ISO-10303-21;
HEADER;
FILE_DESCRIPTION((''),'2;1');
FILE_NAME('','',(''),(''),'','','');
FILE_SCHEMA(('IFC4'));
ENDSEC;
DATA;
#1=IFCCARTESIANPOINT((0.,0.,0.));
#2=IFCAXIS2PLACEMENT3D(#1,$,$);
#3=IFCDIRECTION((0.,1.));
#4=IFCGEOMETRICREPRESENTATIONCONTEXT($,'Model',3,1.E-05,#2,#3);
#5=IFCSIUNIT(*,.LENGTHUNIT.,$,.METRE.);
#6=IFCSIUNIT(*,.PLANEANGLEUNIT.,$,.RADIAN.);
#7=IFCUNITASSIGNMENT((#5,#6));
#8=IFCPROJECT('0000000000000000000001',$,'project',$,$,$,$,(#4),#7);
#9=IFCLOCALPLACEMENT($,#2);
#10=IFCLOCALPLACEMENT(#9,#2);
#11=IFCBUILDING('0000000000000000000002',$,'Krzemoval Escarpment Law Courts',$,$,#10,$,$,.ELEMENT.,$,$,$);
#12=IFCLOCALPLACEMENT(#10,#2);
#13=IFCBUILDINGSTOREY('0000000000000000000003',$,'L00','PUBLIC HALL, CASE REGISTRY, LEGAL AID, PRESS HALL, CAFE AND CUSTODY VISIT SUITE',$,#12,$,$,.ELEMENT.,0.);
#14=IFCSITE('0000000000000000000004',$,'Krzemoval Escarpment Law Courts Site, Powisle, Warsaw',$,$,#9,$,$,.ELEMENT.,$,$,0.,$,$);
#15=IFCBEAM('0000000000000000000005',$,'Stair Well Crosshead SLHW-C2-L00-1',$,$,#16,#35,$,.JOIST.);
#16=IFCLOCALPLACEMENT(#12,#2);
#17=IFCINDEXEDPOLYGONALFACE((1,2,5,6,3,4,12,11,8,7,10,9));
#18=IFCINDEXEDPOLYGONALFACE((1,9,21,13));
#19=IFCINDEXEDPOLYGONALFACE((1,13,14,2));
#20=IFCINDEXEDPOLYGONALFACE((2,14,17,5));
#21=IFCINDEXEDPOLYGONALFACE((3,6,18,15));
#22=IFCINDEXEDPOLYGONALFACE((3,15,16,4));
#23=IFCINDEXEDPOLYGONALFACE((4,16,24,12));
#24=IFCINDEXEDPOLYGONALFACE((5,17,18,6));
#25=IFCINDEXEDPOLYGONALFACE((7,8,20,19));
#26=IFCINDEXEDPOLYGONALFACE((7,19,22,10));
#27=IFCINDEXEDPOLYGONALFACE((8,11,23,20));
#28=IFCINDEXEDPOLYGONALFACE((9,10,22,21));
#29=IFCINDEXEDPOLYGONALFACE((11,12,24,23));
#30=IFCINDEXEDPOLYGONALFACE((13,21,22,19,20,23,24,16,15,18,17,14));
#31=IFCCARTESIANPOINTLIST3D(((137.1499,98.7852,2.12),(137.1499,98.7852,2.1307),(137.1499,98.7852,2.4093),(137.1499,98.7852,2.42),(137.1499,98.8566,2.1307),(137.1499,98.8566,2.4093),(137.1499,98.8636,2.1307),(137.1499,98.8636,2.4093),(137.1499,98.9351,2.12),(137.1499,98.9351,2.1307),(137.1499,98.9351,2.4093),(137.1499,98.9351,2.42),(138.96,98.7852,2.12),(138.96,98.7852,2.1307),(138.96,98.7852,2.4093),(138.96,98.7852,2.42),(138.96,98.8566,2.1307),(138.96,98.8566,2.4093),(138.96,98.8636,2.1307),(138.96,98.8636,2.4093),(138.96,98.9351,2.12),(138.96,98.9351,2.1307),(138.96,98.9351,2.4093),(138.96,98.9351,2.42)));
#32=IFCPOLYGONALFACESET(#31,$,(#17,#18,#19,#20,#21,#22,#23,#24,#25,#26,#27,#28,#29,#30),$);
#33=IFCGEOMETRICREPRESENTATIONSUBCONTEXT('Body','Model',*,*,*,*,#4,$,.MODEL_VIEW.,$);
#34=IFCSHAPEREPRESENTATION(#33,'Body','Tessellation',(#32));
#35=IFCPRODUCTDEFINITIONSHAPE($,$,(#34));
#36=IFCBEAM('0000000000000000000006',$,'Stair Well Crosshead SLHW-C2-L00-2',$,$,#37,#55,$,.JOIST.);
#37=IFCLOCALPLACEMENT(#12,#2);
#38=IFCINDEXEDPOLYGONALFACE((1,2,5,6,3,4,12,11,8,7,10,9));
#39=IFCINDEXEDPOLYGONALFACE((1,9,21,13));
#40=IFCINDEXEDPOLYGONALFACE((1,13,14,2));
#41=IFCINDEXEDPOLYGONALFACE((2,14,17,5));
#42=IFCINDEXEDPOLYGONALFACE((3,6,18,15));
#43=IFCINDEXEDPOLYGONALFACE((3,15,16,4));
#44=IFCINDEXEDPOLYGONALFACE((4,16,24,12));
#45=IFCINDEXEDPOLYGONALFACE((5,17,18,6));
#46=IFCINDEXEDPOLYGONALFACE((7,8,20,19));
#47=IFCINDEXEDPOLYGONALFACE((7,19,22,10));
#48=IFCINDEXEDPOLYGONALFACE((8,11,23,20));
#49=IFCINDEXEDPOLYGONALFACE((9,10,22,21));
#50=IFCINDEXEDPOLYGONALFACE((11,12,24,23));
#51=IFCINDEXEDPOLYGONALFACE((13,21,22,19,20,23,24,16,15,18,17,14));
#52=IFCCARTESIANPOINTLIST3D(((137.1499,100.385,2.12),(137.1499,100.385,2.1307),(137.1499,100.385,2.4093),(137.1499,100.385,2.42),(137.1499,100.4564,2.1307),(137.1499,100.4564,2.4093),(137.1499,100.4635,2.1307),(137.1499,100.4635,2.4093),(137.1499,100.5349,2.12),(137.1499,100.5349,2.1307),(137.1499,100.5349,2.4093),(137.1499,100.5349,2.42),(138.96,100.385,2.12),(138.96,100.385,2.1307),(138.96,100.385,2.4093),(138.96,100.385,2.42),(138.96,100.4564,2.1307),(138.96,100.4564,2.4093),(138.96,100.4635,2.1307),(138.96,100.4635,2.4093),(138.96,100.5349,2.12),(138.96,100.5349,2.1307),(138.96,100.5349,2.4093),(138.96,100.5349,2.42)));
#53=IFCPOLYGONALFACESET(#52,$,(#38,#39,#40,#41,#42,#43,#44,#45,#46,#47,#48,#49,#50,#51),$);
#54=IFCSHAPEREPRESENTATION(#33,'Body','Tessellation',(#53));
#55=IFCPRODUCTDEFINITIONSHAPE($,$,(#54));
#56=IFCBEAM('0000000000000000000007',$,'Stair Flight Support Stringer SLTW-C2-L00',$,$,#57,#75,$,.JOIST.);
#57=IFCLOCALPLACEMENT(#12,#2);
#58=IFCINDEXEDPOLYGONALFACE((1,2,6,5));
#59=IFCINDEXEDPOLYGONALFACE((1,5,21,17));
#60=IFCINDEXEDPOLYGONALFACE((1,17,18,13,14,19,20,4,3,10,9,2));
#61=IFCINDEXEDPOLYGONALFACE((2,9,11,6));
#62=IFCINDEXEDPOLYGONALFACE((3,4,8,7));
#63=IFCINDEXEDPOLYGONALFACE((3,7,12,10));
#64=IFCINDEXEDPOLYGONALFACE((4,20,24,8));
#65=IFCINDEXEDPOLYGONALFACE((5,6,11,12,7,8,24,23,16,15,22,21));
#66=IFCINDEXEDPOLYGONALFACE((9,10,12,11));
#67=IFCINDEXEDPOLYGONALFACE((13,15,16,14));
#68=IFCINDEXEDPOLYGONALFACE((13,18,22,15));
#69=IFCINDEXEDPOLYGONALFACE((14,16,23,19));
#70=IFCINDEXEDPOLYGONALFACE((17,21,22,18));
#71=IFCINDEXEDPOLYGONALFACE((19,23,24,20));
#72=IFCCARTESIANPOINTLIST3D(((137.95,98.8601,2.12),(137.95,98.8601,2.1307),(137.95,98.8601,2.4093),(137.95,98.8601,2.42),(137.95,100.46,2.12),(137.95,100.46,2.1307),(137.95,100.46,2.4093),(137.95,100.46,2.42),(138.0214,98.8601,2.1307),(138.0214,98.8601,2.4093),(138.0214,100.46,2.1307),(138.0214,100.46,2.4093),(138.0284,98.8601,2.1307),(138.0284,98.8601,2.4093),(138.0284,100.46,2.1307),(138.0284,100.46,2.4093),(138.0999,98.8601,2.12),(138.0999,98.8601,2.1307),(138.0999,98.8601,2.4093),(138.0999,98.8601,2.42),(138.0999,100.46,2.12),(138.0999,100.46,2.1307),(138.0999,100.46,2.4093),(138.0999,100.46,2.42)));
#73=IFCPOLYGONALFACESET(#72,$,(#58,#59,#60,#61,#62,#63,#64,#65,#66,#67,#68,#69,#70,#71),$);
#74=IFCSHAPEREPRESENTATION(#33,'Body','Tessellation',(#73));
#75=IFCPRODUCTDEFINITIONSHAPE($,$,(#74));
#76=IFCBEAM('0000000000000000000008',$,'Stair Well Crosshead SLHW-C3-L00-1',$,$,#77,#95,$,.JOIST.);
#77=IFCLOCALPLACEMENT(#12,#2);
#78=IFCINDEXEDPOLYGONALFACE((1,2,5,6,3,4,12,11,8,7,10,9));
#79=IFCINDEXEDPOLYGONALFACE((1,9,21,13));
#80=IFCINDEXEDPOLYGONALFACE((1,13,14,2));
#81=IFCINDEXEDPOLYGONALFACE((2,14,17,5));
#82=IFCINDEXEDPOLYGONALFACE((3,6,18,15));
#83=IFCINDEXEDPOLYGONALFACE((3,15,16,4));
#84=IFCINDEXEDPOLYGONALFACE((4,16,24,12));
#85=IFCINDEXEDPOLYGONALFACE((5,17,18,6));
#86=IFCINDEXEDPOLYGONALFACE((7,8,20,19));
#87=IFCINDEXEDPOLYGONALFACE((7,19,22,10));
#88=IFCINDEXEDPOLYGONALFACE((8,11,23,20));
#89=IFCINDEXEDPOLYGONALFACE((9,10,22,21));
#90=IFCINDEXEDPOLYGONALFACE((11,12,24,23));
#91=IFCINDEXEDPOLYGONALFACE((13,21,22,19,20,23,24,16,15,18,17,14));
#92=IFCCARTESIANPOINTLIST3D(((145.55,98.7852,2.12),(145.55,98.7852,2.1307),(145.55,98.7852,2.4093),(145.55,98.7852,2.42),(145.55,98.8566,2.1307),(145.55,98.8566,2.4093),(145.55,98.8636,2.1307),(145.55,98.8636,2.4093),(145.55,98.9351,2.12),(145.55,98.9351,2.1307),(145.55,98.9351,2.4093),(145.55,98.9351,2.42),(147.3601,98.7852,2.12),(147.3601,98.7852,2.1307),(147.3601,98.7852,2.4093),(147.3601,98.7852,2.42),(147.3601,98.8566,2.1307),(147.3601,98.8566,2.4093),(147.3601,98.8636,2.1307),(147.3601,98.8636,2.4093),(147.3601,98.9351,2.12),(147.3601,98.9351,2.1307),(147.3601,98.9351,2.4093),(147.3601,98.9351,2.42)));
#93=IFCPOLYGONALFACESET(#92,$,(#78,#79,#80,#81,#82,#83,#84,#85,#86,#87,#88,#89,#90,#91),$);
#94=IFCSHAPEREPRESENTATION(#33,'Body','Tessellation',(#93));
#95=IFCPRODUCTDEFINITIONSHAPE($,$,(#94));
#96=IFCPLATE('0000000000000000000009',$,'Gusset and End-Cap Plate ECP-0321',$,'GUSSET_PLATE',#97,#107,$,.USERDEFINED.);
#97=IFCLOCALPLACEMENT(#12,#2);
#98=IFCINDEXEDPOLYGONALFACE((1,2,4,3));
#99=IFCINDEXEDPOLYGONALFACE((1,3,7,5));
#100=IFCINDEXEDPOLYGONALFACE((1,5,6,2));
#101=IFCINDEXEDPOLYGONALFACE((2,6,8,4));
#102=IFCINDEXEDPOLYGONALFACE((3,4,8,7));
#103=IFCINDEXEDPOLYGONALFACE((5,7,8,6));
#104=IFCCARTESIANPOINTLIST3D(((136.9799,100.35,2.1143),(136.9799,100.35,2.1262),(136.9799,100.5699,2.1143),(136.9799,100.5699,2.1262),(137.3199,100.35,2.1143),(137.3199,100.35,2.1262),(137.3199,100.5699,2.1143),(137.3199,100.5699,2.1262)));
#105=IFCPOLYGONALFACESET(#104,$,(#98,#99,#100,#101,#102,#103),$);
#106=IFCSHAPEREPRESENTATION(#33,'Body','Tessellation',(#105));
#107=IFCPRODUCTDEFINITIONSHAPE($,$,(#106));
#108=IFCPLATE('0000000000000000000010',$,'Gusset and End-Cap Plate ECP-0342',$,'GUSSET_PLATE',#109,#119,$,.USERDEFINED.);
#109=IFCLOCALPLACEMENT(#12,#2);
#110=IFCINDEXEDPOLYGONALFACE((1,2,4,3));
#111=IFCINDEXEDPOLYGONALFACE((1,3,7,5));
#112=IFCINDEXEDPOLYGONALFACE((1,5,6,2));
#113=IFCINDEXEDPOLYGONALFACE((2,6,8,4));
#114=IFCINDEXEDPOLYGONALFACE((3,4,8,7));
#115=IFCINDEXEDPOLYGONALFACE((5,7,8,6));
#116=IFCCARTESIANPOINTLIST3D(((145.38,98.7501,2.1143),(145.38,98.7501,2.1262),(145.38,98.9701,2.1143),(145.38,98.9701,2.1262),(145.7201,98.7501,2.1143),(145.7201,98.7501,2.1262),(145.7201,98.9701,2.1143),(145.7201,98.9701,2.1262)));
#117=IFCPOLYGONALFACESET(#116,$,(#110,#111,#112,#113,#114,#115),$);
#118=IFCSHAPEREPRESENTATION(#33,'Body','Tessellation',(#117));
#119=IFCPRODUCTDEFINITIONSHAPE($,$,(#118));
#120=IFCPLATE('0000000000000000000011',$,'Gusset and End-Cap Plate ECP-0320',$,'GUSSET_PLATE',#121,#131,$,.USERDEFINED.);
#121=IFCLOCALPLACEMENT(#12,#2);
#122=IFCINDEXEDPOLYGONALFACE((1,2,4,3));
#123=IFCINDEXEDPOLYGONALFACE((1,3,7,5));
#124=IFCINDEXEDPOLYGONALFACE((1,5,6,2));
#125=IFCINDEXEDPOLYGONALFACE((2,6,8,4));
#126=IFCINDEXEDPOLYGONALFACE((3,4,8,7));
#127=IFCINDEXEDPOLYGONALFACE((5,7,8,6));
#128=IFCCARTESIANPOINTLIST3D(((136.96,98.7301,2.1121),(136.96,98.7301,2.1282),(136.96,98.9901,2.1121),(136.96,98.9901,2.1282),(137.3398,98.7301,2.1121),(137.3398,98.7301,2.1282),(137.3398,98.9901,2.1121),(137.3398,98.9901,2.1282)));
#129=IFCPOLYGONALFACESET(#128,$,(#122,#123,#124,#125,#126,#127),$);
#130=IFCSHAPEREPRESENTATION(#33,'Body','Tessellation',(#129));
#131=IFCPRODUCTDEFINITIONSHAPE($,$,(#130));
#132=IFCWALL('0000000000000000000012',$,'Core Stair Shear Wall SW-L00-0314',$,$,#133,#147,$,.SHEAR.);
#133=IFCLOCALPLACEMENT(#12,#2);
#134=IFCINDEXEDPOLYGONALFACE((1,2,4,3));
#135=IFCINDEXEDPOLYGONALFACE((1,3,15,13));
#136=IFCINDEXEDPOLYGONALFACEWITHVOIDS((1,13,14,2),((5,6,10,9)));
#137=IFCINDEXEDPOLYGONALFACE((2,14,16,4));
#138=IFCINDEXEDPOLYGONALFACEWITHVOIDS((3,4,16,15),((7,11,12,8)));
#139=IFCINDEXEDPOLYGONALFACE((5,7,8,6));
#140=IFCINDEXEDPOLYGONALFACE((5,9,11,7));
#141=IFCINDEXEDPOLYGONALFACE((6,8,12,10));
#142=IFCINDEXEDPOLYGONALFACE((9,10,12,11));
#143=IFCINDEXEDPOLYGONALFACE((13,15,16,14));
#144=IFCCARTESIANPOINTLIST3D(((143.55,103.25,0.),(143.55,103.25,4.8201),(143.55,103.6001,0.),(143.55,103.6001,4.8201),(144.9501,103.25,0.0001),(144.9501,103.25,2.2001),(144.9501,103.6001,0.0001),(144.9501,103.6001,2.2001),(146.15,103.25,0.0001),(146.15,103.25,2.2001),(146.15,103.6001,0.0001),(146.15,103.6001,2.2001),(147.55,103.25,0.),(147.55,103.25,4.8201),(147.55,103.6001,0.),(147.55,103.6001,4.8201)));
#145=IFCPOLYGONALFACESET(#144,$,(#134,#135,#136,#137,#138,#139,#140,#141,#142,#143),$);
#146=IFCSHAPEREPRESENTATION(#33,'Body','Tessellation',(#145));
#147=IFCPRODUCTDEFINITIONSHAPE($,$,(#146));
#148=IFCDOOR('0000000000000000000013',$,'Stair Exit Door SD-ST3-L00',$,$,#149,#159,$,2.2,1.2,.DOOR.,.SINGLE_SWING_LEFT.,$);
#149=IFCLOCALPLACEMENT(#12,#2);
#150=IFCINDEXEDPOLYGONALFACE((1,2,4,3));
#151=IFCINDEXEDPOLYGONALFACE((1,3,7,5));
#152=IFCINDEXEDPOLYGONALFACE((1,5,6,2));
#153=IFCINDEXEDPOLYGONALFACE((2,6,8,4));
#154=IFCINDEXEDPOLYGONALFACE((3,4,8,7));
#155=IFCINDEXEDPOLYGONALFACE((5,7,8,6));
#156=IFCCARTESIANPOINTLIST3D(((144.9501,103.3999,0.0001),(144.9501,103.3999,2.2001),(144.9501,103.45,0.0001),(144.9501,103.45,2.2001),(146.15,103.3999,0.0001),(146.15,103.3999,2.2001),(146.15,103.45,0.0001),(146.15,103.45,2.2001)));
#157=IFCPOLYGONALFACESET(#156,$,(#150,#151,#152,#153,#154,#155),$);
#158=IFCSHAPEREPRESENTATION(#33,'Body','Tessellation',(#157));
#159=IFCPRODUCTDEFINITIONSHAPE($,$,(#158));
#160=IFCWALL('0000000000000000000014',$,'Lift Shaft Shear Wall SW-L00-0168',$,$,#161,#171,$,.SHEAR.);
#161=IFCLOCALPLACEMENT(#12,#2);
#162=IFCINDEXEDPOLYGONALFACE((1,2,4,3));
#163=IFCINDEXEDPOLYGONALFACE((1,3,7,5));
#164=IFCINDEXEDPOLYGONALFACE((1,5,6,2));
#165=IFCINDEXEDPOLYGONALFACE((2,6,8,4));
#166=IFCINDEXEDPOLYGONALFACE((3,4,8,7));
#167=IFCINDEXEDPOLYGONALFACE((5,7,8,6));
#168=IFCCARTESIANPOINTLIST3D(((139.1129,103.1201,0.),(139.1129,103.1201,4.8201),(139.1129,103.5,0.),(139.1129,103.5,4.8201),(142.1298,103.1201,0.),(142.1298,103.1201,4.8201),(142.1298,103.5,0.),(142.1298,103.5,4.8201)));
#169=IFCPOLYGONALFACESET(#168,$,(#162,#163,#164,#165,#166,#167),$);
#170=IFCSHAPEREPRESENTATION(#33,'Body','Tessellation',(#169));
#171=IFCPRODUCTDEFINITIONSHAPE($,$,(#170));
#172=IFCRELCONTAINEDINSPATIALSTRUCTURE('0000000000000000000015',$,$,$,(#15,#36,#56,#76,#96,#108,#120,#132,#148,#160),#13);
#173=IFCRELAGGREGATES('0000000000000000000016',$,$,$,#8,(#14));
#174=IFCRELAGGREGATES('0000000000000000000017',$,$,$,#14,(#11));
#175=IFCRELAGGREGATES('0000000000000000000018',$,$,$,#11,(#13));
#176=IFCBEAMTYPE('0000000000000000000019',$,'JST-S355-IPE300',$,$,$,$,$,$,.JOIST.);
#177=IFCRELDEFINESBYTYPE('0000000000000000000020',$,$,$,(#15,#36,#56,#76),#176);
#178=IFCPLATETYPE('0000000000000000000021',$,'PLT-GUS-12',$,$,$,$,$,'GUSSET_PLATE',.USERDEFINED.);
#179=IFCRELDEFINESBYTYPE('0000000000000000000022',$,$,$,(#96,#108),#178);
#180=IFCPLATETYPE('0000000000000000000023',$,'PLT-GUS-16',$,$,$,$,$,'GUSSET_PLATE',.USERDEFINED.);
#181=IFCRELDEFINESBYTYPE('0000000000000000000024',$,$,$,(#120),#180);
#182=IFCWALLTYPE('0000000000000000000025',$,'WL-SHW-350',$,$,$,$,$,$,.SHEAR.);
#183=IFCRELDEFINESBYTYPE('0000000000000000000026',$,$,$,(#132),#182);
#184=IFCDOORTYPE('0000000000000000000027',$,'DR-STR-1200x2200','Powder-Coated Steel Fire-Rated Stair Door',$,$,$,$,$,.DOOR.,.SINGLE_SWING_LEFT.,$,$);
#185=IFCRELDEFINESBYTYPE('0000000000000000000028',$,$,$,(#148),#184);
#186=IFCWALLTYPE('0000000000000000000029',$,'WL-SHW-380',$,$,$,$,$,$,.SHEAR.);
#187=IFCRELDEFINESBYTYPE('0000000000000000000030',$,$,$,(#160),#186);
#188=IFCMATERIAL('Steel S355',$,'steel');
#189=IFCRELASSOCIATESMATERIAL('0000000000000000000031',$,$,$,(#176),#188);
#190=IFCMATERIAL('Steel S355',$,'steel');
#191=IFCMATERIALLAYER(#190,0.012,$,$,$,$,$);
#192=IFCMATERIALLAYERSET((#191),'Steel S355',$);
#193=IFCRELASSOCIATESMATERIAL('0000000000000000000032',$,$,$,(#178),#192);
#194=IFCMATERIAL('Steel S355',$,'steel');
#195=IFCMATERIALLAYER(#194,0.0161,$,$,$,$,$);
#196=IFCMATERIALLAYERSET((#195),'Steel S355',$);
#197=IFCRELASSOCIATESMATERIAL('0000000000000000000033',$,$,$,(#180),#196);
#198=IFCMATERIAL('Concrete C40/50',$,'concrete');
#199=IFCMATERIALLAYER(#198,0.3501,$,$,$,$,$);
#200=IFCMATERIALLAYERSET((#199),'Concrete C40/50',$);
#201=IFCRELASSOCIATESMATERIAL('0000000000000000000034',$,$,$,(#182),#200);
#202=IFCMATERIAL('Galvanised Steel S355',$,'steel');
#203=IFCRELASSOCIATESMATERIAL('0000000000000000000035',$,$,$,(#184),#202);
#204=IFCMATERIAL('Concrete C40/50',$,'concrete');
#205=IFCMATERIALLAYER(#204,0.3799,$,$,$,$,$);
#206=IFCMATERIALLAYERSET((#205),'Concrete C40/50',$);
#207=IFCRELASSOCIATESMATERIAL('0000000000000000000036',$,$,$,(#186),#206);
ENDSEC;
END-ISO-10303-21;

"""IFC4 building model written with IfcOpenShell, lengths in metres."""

from ifc_helpers import new_model, si_unit, direction, frame, frame_2d, origin, origin_2d, place, context, subcontext, project, spatial, rectangle, i_section, extrude, material, layer, layer_set, material_profile, profile_set, type_object, element, fill, save


model = new_model("IFC4")

# Units and contexts
model_context = context("Model", 3, precision=1e-05, world=origin(), true_north=direction((0.0, 1.0)))
body_context = subcontext(model_context, "Body", "Model", "MODEL_VIEW")
ifc_project = project(units=[si_unit("LENGTHUNIT", "METRE"), si_unit("PLANEANGLEUNIT", "RADIAN")], contexts=[model_context])

# Site, building, storey
site_placement = place(None, origin())
site = spatial("IfcSite", under=ifc_project, at=site_placement, Name="Krzemoval Escarpment Law Courts Site, Powisle, Warsaw", CompositionType="ELEMENT", RefElevation=0.0)
building_placement = place(site_placement, origin())
building = spatial("IfcBuilding", under=site, at=building_placement, Name="Krzemoval Escarpment Law Courts", CompositionType="ELEMENT")
storey_placement = place(building_placement, origin())
storey = spatial("IfcBuildingStorey", under=building, at=storey_placement, Name="L00", Description="PUBLIC HALL, CASE REGISTRY, LEGAL AID, PRESS HALL, CAFE AND CUSTODY VISIT SUITE", CompositionType="ELEMENT", Elevation=0.0)

# Beams
ifc_material_1 = material(Name="Steel S355", Category="steel")
ifc_material_profile_1 = material_profile(ifc_material_1, i_section(OverallWidth=0.1499, OverallDepth=0.3, WebThickness=0.0071, FlangeThickness=0.0107, at=origin_2d()), Name="IPE 300")
ifc_profile_set_1 = profile_set([ifc_material_profile_1], Name="Steel S355")
beam_type_1 = type_object("IfcBeamType", Name="JST-S355-IPE300", PredefinedType="JOIST", material=ifc_profile_set_1)
for number, where, z_axis, x_axis, name in (
    (1, (137.1499, 98.8601, 2.27), (1.0, 0.0, 0.0), (0.0, 1.0, 0.0), "Stair Well Crosshead SLHW-C2-L00-1"),
    (2, (137.1499, 100.46, 2.27), (1.0, 0.0, 0.0), (0.0, 1.0, 0.0), "Stair Well Crosshead SLHW-C2-L00-2"),
):
    element("IfcBeam", number, at=place(storey_placement, frame(where, z_axis=z_axis, x_axis=x_axis)), inside=storey, type_object=beam_type_1, Name=name, PredefinedType="JOIST", context=body_context, shape_type="SweptSolid", body=[
        extrude(i_section(OverallWidth=0.1499, OverallDepth=0.3, WebThickness=0.0071, FlangeThickness=0.0107, at=origin_2d()), origin(), (0.0, 0.0, 1.0), 1.8101),
    ])
beam_1_placement = place(storey_placement, frame((138.0249, 98.8601, 2.27), z_axis=(0.0, 1.0, 0.0), x_axis=(-1.0, 0.0, 0.0)))
element("IfcBeam", 3, at=beam_1_placement, inside=storey, type_object=beam_type_1, Name="Stair Flight Support Stringer SLTW-C2-L00", PredefinedType="JOIST", context=body_context, shape_type="SweptSolid", body=[
    extrude(i_section(OverallWidth=0.1499, OverallDepth=0.3, WebThickness=0.0071, FlangeThickness=0.0107, at=origin_2d()), origin(), (0.0, 0.0, 1.0), 1.5999),
])
beam_2_placement = place(storey_placement, frame((145.55, 98.8601, 2.27), z_axis=(1.0, 0.0, 0.0), x_axis=(0.0, 1.0, 0.0)))
element("IfcBeam", 4, at=beam_2_placement, inside=storey, type_object=beam_type_1, Name="Stair Well Crosshead SLHW-C3-L00-1", PredefinedType="JOIST", context=body_context, shape_type="SweptSolid", body=[
    extrude(i_section(OverallWidth=0.1499, OverallDepth=0.3, WebThickness=0.0071, FlangeThickness=0.0107, at=origin_2d()), origin(), (0.0, 0.0, 1.0), 1.8101),
])

# Plates
ifc_material_2 = material(Name="Steel S355", Category="steel")
ifc_layer_1 = layer(ifc_material_2, 0.012)
ifc_layer_set_1 = layer_set([ifc_layer_1], Name="Steel S355")
plate_type_1 = type_object("IfcPlateType", Name="PLT-GUS-12", ElementType="GUSSET_PLATE", PredefinedType="USERDEFINED", material=ifc_layer_set_1)
for number, where, z_axis, x_axis, name in (
    (5, (137.1499, 100.46, 2.1143), (0.0, 0.0, 1.0), (1.0, 0.0, 0.0), "Gusset and End-Cap Plate ECP-0321"),
    (6, (145.55, 98.8601, 2.1143), (0.0, 0.0, 1.0), (1.0, 0.0, 0.0), "Gusset and End-Cap Plate ECP-0342"),
):
    element("IfcPlate", number, at=place(storey_placement, frame(where, z_axis=z_axis, x_axis=x_axis)), inside=storey, type_object=plate_type_1, Name=name, ObjectType="GUSSET_PLATE", PredefinedType="USERDEFINED", context=body_context, shape_type="SweptSolid", body=[
        extrude(rectangle(XDim=0.3401, YDim=0.22, at=origin_2d()), origin(), (0.0, 0.0, 1.0), 0.012),
    ])
ifc_material_3 = material(Name="Steel S355", Category="steel")
ifc_layer_2 = layer(ifc_material_3, 0.0161)
ifc_layer_set_2 = layer_set([ifc_layer_2], Name="Steel S355")
plate_type_2 = type_object("IfcPlateType", Name="PLT-GUS-16", ElementType="GUSSET_PLATE", PredefinedType="USERDEFINED", material=ifc_layer_set_2)
plate_placement = place(storey_placement, frame((137.1499, 98.8601, 2.1121), z_axis=(0.0, 0.0, 1.0), x_axis=(1.0, 0.0, 0.0)))
element("IfcPlate", 7, at=plate_placement, inside=storey, type_object=plate_type_2, Name="Gusset and End-Cap Plate ECP-0320", ObjectType="GUSSET_PLATE", PredefinedType="USERDEFINED", context=body_context, shape_type="SweptSolid", body=[
    extrude(rectangle(XDim=0.3799, YDim=0.26, at=origin_2d()), origin(), (0.0, 0.0, 1.0), 0.0161),
])

# Wall, opening, door
ifc_material_4 = material(Name="Concrete C40/50", Category="concrete")
ifc_layer_3 = layer(ifc_material_4, 0.3501)
ifc_layer_set_3 = layer_set([ifc_layer_3], Name="Concrete C40/50")
wall_type_1 = type_object("IfcWallType", Name="WL-SHW-350", PredefinedType="SHEAR", material=ifc_layer_set_3)
wall_1_placement = place(storey_placement, frame((143.55, 103.425, 0.0), z_axis=(0.0, 0.0, 1.0), x_axis=(1.0, 0.0, 0.0)))
wall_1 = element("IfcWall", 8, at=wall_1_placement, inside=storey, type_object=wall_type_1, Name="Core Stair Shear Wall SW-L00-0314", PredefinedType="SHEAR", context=body_context, shape_type="SweptSolid", body=[
    extrude(rectangle(XDim=4.0, YDim=0.3501, at=frame_2d((2.0, 0.0))), origin(), (0.0, 0.0, 1.0), 4.8201),
])
opening_placement = place(wall_1_placement, frame((1.3999, 0.0, 0.0)))
opening = element("IfcOpeningElement", 9, at=opening_placement, cuts=wall_1, PredefinedType="OPENING", context=body_context, shape_type="SweptSolid", body=[
    extrude(rectangle(XDim=1.2, YDim=2.2, at=frame_2d((0.6001, 1.1001))), frame((0.0, 0.19, 0.0), z_axis=(0.0, -1.0, 0.0), x_axis=(1.0, 0.0, 0.0)), (0.0, 0.0, 1.0), 0.3801),
])
ifc_material_5 = material(Name="Galvanised Steel S355", Category="steel")
door_type = type_object("IfcDoorType", Name="DR-STR-1200x2200", Description="Powder-Coated Steel Fire-Rated Stair Door", OperationType="SINGLE_SWING_LEFT", PredefinedType="DOOR", material=ifc_material_5)
door_placement = place(opening_placement, origin())
door = element("IfcDoor", 10, at=door_placement, inside=storey, type_object=door_type, Name="Stair Exit Door SD-ST3-L00", OperationType="SINGLE_SWING_LEFT", OverallHeight=2.2, OverallWidth=1.2, PredefinedType="DOOR", context=body_context, shape_type="SweptSolid", body=[
    extrude(rectangle(XDim=1.2, YDim=2.2, at=frame_2d((0.6001, 1.1001))), frame((0.0, 0.0249, 0.0), z_axis=(0.0, -1.0, 0.0), x_axis=(1.0, 0.0, 0.0)), (0.0, 0.0, 1.0), 0.05),
])
fill(opening, door)

# Wall
ifc_material_6 = material(Name="Concrete C40/50", Category="concrete")
ifc_layer_4 = layer(ifc_material_6, 0.3799)
ifc_layer_set_4 = layer_set([ifc_layer_4], Name="Concrete C40/50")
wall_type_2 = type_object("IfcWallType", Name="WL-SHW-380", PredefinedType="SHEAR", material=ifc_layer_set_4)
wall_2_placement = place(storey_placement, frame((139.113, 103.3101, 0.0), z_axis=(0.0, 0.0, 1.0), x_axis=(1.0, 0.0, 0.0)))
element("IfcWall", 11, at=wall_2_placement, inside=storey, type_object=wall_type_2, Name="Lift Shaft Shear Wall SW-L00-0168", PredefinedType="SHEAR", context=body_context, shape_type="SweptSolid", body=[
    extrude(rectangle(XDim=3.0168, YDim=0.3799, at=frame_2d((1.5083, 0.0))), origin(), (0.0, 0.0, 1.0), 4.8201),
])

save(model, "model.ifc")
